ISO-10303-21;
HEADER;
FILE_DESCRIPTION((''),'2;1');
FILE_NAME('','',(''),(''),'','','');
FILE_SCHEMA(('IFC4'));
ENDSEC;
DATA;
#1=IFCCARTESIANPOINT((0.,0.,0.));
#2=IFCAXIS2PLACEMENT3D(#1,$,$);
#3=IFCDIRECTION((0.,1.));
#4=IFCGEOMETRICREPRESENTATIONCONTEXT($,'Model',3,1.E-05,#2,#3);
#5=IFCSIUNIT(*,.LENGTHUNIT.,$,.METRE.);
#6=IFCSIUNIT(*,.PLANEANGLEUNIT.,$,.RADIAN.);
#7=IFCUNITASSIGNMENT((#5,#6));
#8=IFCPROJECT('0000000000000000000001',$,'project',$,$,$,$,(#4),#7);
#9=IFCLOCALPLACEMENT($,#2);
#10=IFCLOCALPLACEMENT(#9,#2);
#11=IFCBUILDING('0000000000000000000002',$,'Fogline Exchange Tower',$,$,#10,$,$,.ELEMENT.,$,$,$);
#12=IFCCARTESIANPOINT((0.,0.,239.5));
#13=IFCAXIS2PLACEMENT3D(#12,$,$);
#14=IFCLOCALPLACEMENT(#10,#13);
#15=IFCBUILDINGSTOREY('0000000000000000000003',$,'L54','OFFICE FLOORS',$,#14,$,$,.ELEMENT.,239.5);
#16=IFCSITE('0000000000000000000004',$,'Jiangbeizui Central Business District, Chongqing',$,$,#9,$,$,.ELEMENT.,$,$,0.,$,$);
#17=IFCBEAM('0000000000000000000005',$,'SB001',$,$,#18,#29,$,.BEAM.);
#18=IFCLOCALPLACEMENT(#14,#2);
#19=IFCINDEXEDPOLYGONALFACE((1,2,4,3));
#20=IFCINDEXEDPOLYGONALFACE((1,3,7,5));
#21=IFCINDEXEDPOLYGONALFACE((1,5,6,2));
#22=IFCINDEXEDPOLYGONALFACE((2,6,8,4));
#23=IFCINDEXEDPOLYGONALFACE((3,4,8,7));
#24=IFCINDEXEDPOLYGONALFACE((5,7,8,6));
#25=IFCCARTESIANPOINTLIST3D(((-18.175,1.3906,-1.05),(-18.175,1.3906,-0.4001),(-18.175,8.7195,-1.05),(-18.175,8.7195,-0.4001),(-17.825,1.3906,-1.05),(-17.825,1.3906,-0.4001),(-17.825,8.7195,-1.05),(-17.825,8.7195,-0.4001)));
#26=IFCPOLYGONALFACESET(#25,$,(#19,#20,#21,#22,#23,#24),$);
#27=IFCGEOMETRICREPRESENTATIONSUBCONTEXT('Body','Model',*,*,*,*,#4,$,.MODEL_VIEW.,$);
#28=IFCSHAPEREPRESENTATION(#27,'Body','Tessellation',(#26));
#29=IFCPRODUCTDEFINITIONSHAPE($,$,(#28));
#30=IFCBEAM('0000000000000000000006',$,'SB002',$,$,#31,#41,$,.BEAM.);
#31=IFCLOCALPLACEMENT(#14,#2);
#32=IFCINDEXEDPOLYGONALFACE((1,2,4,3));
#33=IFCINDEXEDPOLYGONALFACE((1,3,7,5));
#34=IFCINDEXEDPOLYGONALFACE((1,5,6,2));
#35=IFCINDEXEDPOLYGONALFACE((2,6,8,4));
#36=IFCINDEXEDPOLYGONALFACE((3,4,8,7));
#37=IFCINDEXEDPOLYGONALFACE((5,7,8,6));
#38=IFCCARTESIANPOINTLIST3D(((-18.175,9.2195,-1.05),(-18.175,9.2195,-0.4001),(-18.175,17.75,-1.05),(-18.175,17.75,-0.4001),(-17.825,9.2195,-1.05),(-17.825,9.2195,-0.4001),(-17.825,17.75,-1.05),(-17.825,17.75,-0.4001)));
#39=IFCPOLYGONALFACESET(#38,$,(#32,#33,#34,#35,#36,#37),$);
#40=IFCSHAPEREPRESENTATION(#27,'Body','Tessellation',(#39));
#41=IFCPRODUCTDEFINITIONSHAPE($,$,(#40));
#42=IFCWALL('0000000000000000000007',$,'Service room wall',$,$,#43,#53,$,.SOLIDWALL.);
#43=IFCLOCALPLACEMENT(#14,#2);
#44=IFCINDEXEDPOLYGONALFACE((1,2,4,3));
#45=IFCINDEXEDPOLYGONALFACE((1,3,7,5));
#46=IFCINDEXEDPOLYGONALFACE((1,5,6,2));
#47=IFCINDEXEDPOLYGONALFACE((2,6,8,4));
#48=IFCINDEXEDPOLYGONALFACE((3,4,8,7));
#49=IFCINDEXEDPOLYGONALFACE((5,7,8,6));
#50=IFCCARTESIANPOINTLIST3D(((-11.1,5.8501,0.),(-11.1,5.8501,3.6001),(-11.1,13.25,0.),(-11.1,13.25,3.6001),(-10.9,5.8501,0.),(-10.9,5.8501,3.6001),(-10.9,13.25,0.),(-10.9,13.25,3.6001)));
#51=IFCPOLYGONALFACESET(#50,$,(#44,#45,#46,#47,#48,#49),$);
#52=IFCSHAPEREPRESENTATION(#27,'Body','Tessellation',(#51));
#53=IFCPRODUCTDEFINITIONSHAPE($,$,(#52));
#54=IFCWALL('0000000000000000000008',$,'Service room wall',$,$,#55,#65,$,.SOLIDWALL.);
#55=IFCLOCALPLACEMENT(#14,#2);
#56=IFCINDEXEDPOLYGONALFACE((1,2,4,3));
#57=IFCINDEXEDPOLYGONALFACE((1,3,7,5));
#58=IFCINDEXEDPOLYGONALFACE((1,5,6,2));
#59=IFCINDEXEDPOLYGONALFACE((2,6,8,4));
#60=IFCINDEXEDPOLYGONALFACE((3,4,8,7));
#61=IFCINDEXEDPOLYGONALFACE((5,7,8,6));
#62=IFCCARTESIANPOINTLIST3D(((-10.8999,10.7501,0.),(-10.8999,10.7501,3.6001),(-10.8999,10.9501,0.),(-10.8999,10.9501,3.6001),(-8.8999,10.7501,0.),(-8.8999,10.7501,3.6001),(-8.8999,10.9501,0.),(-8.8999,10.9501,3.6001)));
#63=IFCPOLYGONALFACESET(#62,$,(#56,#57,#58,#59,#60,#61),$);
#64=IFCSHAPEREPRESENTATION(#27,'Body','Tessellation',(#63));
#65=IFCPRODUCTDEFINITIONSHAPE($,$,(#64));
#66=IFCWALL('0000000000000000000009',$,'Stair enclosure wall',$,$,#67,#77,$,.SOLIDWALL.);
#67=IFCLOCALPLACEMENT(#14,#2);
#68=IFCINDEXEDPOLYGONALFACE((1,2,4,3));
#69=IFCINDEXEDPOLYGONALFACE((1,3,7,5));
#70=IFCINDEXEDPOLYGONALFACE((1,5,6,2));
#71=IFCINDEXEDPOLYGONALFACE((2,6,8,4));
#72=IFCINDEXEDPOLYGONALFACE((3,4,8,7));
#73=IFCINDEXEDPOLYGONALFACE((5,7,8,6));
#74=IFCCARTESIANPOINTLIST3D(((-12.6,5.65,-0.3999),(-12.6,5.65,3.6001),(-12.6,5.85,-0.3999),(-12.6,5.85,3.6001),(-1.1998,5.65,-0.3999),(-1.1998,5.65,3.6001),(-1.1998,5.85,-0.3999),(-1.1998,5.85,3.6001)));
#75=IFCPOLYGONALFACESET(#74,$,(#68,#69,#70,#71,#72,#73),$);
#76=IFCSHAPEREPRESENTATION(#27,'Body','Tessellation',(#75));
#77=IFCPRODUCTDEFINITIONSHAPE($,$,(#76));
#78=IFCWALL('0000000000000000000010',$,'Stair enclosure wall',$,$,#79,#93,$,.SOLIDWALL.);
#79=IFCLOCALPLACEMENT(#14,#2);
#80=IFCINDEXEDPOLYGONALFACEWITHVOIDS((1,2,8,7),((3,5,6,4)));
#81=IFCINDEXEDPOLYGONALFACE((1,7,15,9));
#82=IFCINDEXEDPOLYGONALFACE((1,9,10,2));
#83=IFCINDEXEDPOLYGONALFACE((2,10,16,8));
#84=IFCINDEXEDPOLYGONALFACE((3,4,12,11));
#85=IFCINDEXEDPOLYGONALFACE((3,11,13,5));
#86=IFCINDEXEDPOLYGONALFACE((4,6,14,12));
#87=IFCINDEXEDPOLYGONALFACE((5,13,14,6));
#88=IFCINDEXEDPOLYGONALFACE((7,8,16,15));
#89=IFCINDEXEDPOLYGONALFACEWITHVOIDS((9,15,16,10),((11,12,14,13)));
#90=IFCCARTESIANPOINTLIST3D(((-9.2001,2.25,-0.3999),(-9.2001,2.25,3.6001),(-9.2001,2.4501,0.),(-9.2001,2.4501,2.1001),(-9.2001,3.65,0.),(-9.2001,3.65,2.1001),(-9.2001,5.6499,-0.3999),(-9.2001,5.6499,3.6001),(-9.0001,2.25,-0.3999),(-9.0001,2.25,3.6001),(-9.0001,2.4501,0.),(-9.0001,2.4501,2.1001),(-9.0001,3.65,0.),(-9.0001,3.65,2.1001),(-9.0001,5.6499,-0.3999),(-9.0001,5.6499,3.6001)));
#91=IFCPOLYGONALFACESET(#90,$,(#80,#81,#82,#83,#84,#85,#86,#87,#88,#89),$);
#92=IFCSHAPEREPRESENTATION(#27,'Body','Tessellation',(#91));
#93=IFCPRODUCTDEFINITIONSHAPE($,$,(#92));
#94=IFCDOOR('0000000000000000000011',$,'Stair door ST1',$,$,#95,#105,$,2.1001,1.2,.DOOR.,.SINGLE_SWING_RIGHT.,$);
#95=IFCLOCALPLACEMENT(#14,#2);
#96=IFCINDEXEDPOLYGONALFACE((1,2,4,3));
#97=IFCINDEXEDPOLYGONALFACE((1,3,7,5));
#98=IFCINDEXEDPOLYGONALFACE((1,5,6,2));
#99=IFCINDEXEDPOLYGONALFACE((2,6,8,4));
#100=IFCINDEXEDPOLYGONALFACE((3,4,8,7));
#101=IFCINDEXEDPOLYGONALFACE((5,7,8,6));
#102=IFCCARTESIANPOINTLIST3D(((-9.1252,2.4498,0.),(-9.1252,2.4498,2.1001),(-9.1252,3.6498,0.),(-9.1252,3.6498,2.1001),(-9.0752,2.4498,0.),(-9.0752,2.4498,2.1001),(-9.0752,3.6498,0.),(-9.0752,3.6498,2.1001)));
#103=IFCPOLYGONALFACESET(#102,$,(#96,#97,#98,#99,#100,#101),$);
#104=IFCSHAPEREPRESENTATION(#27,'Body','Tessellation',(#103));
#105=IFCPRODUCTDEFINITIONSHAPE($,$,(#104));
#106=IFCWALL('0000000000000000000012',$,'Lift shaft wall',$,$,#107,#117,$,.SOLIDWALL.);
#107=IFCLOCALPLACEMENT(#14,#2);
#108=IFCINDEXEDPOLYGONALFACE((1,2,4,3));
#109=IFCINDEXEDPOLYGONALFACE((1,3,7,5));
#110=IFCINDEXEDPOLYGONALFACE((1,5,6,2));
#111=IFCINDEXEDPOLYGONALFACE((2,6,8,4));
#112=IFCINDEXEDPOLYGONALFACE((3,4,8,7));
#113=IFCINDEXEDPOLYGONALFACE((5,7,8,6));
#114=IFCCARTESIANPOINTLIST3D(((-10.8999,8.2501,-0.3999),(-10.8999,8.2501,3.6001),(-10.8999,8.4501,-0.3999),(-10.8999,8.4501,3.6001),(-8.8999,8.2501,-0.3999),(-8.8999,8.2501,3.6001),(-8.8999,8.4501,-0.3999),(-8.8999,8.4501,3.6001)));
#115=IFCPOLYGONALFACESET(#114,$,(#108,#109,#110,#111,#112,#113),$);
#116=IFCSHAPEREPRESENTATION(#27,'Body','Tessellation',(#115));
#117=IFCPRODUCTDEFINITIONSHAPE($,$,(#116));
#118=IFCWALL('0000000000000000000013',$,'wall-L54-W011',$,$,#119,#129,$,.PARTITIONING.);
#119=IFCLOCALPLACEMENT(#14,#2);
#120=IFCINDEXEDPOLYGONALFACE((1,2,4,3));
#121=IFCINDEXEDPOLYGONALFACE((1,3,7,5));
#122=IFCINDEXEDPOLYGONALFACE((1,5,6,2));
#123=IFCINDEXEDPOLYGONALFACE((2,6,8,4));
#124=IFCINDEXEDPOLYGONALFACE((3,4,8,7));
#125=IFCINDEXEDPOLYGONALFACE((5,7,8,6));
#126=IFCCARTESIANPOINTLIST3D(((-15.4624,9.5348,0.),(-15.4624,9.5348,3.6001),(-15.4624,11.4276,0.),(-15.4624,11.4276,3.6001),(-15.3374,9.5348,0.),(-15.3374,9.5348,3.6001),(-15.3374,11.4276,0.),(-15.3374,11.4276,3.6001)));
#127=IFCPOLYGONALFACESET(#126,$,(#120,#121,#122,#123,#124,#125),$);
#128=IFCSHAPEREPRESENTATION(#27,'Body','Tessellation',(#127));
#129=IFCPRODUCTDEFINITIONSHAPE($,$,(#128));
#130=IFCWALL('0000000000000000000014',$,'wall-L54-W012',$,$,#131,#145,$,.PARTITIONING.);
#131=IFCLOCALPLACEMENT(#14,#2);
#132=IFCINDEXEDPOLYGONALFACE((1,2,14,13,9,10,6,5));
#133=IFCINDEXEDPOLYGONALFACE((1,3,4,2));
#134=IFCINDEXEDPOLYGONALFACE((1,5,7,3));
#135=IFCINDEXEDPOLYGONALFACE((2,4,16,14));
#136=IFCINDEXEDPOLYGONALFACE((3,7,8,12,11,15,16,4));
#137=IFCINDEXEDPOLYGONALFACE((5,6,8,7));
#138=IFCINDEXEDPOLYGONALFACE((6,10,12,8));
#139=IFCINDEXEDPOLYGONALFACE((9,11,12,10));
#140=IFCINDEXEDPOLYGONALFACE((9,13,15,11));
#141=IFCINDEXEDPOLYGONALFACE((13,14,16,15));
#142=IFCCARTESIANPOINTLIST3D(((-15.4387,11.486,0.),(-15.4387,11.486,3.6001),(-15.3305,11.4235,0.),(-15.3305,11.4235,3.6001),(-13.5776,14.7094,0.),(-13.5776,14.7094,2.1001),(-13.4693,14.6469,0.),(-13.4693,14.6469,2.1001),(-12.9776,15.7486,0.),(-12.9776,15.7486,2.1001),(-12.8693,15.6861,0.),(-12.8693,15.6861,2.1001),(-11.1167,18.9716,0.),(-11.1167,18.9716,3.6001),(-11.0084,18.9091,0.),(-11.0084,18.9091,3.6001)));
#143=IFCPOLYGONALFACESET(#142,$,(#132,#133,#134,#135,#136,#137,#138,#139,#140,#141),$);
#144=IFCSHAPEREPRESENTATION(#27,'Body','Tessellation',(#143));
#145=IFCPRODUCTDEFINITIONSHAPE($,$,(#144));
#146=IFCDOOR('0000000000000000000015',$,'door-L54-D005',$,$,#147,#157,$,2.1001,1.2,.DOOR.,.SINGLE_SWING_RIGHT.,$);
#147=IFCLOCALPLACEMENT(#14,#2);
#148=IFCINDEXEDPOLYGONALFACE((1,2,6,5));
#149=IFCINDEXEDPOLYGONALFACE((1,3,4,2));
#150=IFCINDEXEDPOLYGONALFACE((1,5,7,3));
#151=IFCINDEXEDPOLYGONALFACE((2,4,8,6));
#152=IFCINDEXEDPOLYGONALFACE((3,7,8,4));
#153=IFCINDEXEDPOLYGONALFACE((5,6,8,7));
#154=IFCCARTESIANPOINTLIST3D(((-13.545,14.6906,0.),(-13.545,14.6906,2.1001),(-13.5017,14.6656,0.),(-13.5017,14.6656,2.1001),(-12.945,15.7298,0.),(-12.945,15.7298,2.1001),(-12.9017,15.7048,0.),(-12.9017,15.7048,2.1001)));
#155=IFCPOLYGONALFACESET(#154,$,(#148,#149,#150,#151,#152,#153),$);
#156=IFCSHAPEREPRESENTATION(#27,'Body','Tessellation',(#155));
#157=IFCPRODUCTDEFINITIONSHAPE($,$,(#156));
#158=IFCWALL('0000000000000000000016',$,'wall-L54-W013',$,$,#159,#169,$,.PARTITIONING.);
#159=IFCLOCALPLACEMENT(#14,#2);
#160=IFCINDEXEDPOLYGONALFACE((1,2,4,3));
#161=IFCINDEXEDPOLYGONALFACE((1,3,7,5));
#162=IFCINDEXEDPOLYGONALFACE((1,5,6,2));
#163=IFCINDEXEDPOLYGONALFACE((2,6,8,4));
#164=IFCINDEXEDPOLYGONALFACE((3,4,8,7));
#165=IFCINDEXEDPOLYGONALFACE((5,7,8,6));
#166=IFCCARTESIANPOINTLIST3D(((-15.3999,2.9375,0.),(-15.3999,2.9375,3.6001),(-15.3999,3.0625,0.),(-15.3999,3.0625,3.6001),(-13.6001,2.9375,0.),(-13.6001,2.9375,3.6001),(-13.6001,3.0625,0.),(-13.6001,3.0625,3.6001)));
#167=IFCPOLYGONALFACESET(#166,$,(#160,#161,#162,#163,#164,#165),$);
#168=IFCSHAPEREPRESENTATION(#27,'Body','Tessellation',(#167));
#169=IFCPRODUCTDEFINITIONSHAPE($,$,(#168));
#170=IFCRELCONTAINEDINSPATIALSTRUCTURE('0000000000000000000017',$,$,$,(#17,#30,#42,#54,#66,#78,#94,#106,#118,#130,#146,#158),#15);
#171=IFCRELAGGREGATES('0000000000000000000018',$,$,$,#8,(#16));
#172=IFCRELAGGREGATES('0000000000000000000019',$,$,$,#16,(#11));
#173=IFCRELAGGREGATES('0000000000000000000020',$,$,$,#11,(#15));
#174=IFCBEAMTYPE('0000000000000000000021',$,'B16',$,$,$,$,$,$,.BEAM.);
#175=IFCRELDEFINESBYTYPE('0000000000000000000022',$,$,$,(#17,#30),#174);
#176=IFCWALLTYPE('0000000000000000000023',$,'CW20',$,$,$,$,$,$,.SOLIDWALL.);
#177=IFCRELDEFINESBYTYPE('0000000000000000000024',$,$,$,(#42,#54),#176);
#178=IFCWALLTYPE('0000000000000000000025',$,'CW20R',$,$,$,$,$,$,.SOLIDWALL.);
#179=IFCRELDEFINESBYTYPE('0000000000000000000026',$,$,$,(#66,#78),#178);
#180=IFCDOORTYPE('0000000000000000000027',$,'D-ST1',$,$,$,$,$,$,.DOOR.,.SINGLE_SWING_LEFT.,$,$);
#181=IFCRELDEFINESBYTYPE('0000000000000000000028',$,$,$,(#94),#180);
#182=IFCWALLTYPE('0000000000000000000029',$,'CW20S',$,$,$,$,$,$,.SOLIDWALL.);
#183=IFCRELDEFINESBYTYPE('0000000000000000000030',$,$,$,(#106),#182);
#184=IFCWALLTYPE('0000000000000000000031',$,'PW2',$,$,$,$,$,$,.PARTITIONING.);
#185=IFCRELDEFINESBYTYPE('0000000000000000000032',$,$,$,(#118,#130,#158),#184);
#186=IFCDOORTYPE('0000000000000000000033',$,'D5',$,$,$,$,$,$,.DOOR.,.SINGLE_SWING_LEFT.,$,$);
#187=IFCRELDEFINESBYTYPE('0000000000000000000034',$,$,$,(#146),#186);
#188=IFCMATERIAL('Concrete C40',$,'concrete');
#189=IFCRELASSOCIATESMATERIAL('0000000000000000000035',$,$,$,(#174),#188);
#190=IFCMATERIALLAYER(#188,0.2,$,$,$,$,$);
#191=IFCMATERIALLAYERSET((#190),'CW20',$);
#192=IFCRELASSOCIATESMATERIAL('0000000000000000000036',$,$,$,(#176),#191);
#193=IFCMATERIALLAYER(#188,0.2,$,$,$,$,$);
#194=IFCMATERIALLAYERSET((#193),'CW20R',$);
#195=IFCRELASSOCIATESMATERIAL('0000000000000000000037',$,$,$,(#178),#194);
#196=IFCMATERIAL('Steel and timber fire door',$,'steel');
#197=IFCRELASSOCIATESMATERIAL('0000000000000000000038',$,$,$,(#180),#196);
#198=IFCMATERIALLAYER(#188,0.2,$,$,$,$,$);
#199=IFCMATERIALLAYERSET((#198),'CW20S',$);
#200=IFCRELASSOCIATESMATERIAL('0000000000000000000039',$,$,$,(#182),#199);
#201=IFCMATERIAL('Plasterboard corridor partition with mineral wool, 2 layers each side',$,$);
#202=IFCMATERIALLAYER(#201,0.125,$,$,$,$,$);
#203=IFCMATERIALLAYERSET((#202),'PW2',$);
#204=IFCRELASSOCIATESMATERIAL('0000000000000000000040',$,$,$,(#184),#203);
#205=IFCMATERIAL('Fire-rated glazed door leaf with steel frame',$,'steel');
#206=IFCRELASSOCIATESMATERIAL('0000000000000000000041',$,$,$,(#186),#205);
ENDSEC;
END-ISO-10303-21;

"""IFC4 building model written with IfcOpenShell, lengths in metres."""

from ifc_helpers import new_model, si_unit, direction, frame, frame_2d, origin, origin_2d, place, context, subcontext, project, spatial, rectangle, extrude, material, layer, layer_set, material_profile, profile_set, type_object, element, fill, save


model = new_model("IFC4")

# Units and contexts
model_context = context("Model", 3, precision=1e-05, world=origin(), true_north=direction((0.0, 1.0)))
body_context = subcontext(model_context, "Body", "Model", "MODEL_VIEW")
ifc_project = project(units=[si_unit("LENGTHUNIT", "METRE"), si_unit("PLANEANGLEUNIT", "RADIAN")], contexts=[model_context])

# Site, building, storey
site_placement = place(None, origin())
site = spatial("IfcSite", under=ifc_project, at=site_placement, Name="Jiangbeizui Central Business District, Chongqing", CompositionType="ELEMENT", RefElevation=0.0)
building_placement = place(site_placement, origin())
building = spatial("IfcBuilding", under=site, at=building_placement, Name="Fogline Exchange Tower", CompositionType="ELEMENT")
storey_placement = place(building_placement, frame((0.0, 0.0, 239.5)))
storey = spatial("IfcBuildingStorey", under=building, at=storey_placement, Name="L54", Description="OFFICE FLOORS", CompositionType="ELEMENT", Elevation=239.5)

# Beams
ifc_material_1 = material(Name="Concrete C40", Category="concrete")
ifc_material_profile = material_profile(ifc_material_1, rectangle(XDim=0.3501, YDim=0.6499, at=origin_2d()), Name="RC 350x650")
ifc_profile_set = profile_set([ifc_material_profile], Name="Concrete C40")
beam_type = type_object("IfcBeamType", Name="B16", PredefinedType="BEAM", material=ifc_profile_set)
beam_1_placement = place(storey_placement, frame((-18.0, 1.3906, -0.7251), z_axis=(0.0, 1.0, 0.0), x_axis=(-1.0, 0.0, 0.0)))
element("IfcBeam", 1, at=beam_1_placement, inside=storey, type_object=beam_type, Name="SB001", PredefinedType="BEAM", context=body_context, shape_type="SweptSolid", body=[
    extrude(rectangle(XDim=0.3501, YDim=0.6499, at=origin_2d()), origin(), (0.0, 0.0, 1.0), 7.3289),
])
beam_2_placement = place(storey_placement, frame((-18.0, 9.2195, -0.7251), z_axis=(0.0, 1.0, 0.0), x_axis=(-1.0, 0.0, 0.0)))
element("IfcBeam", 2, at=beam_2_placement, inside=storey, type_object=beam_type, Name="SB002", PredefinedType="BEAM", context=body_context, shape_type="SweptSolid", body=[
    extrude(rectangle(XDim=0.3501, YDim=0.6499, at=origin_2d()), origin(), (0.0, 0.0, 1.0), 8.5305),
])

# Walls
ifc_layer_1 = layer(ifc_material_1, 0.2)
ifc_layer_set_1 = layer_set([ifc_layer_1], Name="CW20")
wall_type_1 = type_object("IfcWallType", Name="CW20", PredefinedType="SOLIDWALL", material=ifc_layer_set_1)
wall_1_placement = place(storey_placement, frame((-11.0, 5.8501, 0.0), z_axis=(0.0, 0.0, 1.0), x_axis=(0.0, 1.0, 0.0)))
element("IfcWall", 3, at=wall_1_placement, inside=storey, type_object=wall_type_1, Name="Service room wall", PredefinedType="SOLIDWALL", context=body_context, shape_type="SweptSolid", body=[
    extrude(rectangle(XDim=7.3999, YDim=0.2, at=frame_2d((3.7, 0.0))), origin(), (0.0, 0.0, 1.0), 3.6001),
])
wall_2_placement = place(storey_placement, frame((-10.8999, 10.8501, 0.0), z_axis=(0.0, 0.0, 1.0), x_axis=(1.0, 0.0, 0.0)))
element("IfcWall", 4, at=wall_2_placement, inside=storey, type_object=wall_type_1, Name="Service room wall", PredefinedType="SOLIDWALL", context=body_context, shape_type="SweptSolid", body=[
    extrude(rectangle(XDim=2.0, YDim=0.2, at=frame_2d((1.0, 0.0))), origin(), (0.0, 0.0, 1.0), 3.6001),
])
ifc_layer_2 = layer(ifc_material_1, 0.2)
ifc_layer_set_2 = layer_set([ifc_layer_2], Name="CW20R")
wall_type_2 = type_object("IfcWallType", Name="CW20R", PredefinedType="SOLIDWALL", material=ifc_layer_set_2)
wall_3_placement = place(storey_placement, frame((-12.6001, 5.75, -0.3999), z_axis=(0.0, 0.0, 1.0), x_axis=(1.0, 0.0, 0.0)))
element("IfcWall", 5, at=wall_3_placement, inside=storey, type_object=wall_type_2, Name="Stair enclosure wall", PredefinedType="SOLIDWALL", context=body_context, shape_type="SweptSolid", body=[
    extrude(rectangle(XDim=11.4001, YDim=0.2, at=frame_2d((5.7002, 0.0))), origin(), (0.0, 0.0, 1.0), 4.0),
])

# Wall, opening, door
wall_4_placement = place(storey_placement, frame((-9.1001, 2.25, -0.3999), z_axis=(0.0, 0.0, 1.0), x_axis=(0.0, 1.0, 0.0)))
wall_4 = element("IfcWall", 6, at=wall_4_placement, inside=storey, type_object=wall_type_2, Name="Stair enclosure wall", PredefinedType="SOLIDWALL", context=body_context, shape_type="SweptSolid", body=[
    extrude(rectangle(XDim=3.3999, YDim=0.2, at=frame_2d((1.7, 0.0))), origin(), (0.0, 0.0, 1.0), 4.0),
])
opening_1_placement = place(wall_4_placement, frame((0.2, 0.0, 0.3999)))
opening_1 = element("IfcOpeningElement", 7, at=opening_1_placement, cuts=wall_4, PredefinedType="OPENING", context=body_context, shape_type="SweptSolid", body=[
    extrude(rectangle(XDim=1.2, YDim=2.1001, at=frame_2d((0.6001, 1.05))), frame((0.0, 0.1099, 0.0), z_axis=(0.0, -1.0, 0.0), x_axis=(1.0, 0.0, 0.0)), (0.0, 0.0, 1.0), 0.22),
])
ifc_material_2 = material(Name="Steel and timber fire door", Category="steel")
door_type_1 = type_object("IfcDoorType", Name="D-ST1", OperationType="SINGLE_SWING_LEFT", PredefinedType="DOOR", material=ifc_material_2)
door_1_placement = place(opening_1_placement, frame((1.2, 0.0, 0.0), z_axis=(0.0, 0.0, 1.0), x_axis=(-1.0, 0.0, 0.0)))
door_1 = element("IfcDoor", 8, at=door_1_placement, inside=storey, type_object=door_type_1, Name="Stair door ST1", OperationType="SINGLE_SWING_RIGHT", OverallHeight=2.1001, OverallWidth=1.2, PredefinedType="DOOR", context=body_context, shape_type="SweptSolid", body=[
    extrude(rectangle(XDim=1.2, YDim=2.1001, at=frame_2d((0.6001, 1.05))), frame((0.0, 0.0249, 0.0), z_axis=(0.0, -1.0, 0.0), x_axis=(1.0, 0.0, 0.0)), (0.0, 0.0, 1.0), 0.05),
])
fill(opening_1, door_1)

# Walls
ifc_layer_3 = layer(ifc_material_1, 0.2)
ifc_layer_set_3 = layer_set([ifc_layer_3], Name="CW20S")
wall_type_3 = type_object("IfcWallType", Name="CW20S", PredefinedType="SOLIDWALL", material=ifc_layer_set_3)
wall_5_placement = place(storey_placement, frame((-10.8999, 8.3501, -0.3999), z_axis=(0.0, 0.0, 1.0), x_axis=(1.0, 0.0, 0.0)))
element("IfcWall", 9, at=wall_5_placement, inside=storey, type_object=wall_type_3, Name="Lift shaft wall", PredefinedType="SOLIDWALL", context=body_context, shape_type="SweptSolid", body=[
    extrude(rectangle(XDim=2.0, YDim=0.2, at=frame_2d((1.0, 0.0))), origin(), (0.0, 0.0, 1.0), 4.0),
])
ifc_material_3 = material(Name="Plasterboard corridor partition with mineral wool, 2 layers each side")
ifc_layer_4 = layer(ifc_material_3, 0.125)
ifc_layer_set_4 = layer_set([ifc_layer_4], Name="PW2")
wall_type_4 = type_object("IfcWallType", Name="PW2", PredefinedType="PARTITIONING", material=ifc_layer_set_4)
wall_6_placement = place(storey_placement, frame((-15.3999, 9.5349, 0.0), z_axis=(0.0, 0.0, 1.0), x_axis=(0.0, 1.0, 0.0)))
element("IfcWall", 10, at=wall_6_placement, inside=storey, type_object=wall_type_4, Name="wall-L54-W011", PredefinedType="PARTITIONING", context=body_context, shape_type="SweptSolid", body=[
    extrude(rectangle(XDim=1.8928, YDim=0.125, at=frame_2d((0.9463, 0.0))), origin(), (0.0, 0.0, 1.0), 3.6001),
])

# Wall, opening, door
wall_7_placement = place(storey_placement, frame((-15.3845, 11.4548, 0.0), z_axis=(0.0, 0.0, 1.0), x_axis=(0.500018, 0.866015, 0.0)))
wall_7 = element("IfcWall", 11, at=wall_7_placement, inside=storey, type_object=wall_type_4, Name="wall-L54-W012", PredefinedType="PARTITIONING", context=body_context, shape_type="SweptSolid", body=[
    extrude(rectangle(XDim=8.6438, YDim=0.125, at=frame_2d((4.3218, 0.0))), origin(), (0.0, 0.0, 1.0), 3.6001),
])
opening_2_placement = place(wall_7_placement, frame((3.7219, 0.0, 0.0)))
opening_2 = element("IfcOpeningElement", 12, at=opening_2_placement, cuts=wall_7, PredefinedType="OPENING", context=body_context, shape_type="SweptSolid", body=[
    extrude(rectangle(XDim=1.2, YDim=2.1001, at=frame_2d((0.6001, 1.05))), frame((0.0, 0.0725, 0.0), z_axis=(0.0, -1.0, 0.0), x_axis=(1.0, 0.0, 0.0)), (0.0, 0.0, 1.0), 0.145),
])
ifc_material_4 = material(Name="Fire-rated glazed door leaf with steel frame", Category="steel")
door_type_2 = type_object("IfcDoorType", Name="D5", OperationType="SINGLE_SWING_LEFT", PredefinedType="DOOR", material=ifc_material_4)
door_2_placement = place(opening_2_placement, origin())
door_2 = element("IfcDoor", 13, at=door_2_placement, inside=storey, type_object=door_type_2, Name="door-L54-D005", OperationType="SINGLE_SWING_RIGHT", OverallHeight=2.1001, OverallWidth=1.2, PredefinedType="DOOR", context=body_context, shape_type="SweptSolid", body=[
    extrude(rectangle(XDim=1.2, YDim=2.1001, at=frame_2d((0.6001, 1.05))), frame((0.0, 0.0249, 0.0), z_axis=(0.0, -1.0, 0.0), x_axis=(1.0, 0.0, 0.0)), (0.0, 0.0, 1.0), 0.05),
])
fill(opening_2, door_2)

# Wall
wall_8_placement = place(storey_placement, frame((-13.6001, 3.0, 0.0), z_axis=(0.0, 0.0, 1.0), x_axis=(-1.0, 0.0, 0.0)))
element("IfcWall", 14, at=wall_8_placement, inside=storey, type_object=wall_type_4, Name="wall-L54-W013", PredefinedType="PARTITIONING", context=body_context, shape_type="SweptSolid", body=[
    extrude(rectangle(XDim=1.7998, YDim=0.125, at=frame_2d((0.8999, 0.0))), origin(), (0.0, 0.0, 1.0), 3.6001),
])

save(model, "model.ifc")
